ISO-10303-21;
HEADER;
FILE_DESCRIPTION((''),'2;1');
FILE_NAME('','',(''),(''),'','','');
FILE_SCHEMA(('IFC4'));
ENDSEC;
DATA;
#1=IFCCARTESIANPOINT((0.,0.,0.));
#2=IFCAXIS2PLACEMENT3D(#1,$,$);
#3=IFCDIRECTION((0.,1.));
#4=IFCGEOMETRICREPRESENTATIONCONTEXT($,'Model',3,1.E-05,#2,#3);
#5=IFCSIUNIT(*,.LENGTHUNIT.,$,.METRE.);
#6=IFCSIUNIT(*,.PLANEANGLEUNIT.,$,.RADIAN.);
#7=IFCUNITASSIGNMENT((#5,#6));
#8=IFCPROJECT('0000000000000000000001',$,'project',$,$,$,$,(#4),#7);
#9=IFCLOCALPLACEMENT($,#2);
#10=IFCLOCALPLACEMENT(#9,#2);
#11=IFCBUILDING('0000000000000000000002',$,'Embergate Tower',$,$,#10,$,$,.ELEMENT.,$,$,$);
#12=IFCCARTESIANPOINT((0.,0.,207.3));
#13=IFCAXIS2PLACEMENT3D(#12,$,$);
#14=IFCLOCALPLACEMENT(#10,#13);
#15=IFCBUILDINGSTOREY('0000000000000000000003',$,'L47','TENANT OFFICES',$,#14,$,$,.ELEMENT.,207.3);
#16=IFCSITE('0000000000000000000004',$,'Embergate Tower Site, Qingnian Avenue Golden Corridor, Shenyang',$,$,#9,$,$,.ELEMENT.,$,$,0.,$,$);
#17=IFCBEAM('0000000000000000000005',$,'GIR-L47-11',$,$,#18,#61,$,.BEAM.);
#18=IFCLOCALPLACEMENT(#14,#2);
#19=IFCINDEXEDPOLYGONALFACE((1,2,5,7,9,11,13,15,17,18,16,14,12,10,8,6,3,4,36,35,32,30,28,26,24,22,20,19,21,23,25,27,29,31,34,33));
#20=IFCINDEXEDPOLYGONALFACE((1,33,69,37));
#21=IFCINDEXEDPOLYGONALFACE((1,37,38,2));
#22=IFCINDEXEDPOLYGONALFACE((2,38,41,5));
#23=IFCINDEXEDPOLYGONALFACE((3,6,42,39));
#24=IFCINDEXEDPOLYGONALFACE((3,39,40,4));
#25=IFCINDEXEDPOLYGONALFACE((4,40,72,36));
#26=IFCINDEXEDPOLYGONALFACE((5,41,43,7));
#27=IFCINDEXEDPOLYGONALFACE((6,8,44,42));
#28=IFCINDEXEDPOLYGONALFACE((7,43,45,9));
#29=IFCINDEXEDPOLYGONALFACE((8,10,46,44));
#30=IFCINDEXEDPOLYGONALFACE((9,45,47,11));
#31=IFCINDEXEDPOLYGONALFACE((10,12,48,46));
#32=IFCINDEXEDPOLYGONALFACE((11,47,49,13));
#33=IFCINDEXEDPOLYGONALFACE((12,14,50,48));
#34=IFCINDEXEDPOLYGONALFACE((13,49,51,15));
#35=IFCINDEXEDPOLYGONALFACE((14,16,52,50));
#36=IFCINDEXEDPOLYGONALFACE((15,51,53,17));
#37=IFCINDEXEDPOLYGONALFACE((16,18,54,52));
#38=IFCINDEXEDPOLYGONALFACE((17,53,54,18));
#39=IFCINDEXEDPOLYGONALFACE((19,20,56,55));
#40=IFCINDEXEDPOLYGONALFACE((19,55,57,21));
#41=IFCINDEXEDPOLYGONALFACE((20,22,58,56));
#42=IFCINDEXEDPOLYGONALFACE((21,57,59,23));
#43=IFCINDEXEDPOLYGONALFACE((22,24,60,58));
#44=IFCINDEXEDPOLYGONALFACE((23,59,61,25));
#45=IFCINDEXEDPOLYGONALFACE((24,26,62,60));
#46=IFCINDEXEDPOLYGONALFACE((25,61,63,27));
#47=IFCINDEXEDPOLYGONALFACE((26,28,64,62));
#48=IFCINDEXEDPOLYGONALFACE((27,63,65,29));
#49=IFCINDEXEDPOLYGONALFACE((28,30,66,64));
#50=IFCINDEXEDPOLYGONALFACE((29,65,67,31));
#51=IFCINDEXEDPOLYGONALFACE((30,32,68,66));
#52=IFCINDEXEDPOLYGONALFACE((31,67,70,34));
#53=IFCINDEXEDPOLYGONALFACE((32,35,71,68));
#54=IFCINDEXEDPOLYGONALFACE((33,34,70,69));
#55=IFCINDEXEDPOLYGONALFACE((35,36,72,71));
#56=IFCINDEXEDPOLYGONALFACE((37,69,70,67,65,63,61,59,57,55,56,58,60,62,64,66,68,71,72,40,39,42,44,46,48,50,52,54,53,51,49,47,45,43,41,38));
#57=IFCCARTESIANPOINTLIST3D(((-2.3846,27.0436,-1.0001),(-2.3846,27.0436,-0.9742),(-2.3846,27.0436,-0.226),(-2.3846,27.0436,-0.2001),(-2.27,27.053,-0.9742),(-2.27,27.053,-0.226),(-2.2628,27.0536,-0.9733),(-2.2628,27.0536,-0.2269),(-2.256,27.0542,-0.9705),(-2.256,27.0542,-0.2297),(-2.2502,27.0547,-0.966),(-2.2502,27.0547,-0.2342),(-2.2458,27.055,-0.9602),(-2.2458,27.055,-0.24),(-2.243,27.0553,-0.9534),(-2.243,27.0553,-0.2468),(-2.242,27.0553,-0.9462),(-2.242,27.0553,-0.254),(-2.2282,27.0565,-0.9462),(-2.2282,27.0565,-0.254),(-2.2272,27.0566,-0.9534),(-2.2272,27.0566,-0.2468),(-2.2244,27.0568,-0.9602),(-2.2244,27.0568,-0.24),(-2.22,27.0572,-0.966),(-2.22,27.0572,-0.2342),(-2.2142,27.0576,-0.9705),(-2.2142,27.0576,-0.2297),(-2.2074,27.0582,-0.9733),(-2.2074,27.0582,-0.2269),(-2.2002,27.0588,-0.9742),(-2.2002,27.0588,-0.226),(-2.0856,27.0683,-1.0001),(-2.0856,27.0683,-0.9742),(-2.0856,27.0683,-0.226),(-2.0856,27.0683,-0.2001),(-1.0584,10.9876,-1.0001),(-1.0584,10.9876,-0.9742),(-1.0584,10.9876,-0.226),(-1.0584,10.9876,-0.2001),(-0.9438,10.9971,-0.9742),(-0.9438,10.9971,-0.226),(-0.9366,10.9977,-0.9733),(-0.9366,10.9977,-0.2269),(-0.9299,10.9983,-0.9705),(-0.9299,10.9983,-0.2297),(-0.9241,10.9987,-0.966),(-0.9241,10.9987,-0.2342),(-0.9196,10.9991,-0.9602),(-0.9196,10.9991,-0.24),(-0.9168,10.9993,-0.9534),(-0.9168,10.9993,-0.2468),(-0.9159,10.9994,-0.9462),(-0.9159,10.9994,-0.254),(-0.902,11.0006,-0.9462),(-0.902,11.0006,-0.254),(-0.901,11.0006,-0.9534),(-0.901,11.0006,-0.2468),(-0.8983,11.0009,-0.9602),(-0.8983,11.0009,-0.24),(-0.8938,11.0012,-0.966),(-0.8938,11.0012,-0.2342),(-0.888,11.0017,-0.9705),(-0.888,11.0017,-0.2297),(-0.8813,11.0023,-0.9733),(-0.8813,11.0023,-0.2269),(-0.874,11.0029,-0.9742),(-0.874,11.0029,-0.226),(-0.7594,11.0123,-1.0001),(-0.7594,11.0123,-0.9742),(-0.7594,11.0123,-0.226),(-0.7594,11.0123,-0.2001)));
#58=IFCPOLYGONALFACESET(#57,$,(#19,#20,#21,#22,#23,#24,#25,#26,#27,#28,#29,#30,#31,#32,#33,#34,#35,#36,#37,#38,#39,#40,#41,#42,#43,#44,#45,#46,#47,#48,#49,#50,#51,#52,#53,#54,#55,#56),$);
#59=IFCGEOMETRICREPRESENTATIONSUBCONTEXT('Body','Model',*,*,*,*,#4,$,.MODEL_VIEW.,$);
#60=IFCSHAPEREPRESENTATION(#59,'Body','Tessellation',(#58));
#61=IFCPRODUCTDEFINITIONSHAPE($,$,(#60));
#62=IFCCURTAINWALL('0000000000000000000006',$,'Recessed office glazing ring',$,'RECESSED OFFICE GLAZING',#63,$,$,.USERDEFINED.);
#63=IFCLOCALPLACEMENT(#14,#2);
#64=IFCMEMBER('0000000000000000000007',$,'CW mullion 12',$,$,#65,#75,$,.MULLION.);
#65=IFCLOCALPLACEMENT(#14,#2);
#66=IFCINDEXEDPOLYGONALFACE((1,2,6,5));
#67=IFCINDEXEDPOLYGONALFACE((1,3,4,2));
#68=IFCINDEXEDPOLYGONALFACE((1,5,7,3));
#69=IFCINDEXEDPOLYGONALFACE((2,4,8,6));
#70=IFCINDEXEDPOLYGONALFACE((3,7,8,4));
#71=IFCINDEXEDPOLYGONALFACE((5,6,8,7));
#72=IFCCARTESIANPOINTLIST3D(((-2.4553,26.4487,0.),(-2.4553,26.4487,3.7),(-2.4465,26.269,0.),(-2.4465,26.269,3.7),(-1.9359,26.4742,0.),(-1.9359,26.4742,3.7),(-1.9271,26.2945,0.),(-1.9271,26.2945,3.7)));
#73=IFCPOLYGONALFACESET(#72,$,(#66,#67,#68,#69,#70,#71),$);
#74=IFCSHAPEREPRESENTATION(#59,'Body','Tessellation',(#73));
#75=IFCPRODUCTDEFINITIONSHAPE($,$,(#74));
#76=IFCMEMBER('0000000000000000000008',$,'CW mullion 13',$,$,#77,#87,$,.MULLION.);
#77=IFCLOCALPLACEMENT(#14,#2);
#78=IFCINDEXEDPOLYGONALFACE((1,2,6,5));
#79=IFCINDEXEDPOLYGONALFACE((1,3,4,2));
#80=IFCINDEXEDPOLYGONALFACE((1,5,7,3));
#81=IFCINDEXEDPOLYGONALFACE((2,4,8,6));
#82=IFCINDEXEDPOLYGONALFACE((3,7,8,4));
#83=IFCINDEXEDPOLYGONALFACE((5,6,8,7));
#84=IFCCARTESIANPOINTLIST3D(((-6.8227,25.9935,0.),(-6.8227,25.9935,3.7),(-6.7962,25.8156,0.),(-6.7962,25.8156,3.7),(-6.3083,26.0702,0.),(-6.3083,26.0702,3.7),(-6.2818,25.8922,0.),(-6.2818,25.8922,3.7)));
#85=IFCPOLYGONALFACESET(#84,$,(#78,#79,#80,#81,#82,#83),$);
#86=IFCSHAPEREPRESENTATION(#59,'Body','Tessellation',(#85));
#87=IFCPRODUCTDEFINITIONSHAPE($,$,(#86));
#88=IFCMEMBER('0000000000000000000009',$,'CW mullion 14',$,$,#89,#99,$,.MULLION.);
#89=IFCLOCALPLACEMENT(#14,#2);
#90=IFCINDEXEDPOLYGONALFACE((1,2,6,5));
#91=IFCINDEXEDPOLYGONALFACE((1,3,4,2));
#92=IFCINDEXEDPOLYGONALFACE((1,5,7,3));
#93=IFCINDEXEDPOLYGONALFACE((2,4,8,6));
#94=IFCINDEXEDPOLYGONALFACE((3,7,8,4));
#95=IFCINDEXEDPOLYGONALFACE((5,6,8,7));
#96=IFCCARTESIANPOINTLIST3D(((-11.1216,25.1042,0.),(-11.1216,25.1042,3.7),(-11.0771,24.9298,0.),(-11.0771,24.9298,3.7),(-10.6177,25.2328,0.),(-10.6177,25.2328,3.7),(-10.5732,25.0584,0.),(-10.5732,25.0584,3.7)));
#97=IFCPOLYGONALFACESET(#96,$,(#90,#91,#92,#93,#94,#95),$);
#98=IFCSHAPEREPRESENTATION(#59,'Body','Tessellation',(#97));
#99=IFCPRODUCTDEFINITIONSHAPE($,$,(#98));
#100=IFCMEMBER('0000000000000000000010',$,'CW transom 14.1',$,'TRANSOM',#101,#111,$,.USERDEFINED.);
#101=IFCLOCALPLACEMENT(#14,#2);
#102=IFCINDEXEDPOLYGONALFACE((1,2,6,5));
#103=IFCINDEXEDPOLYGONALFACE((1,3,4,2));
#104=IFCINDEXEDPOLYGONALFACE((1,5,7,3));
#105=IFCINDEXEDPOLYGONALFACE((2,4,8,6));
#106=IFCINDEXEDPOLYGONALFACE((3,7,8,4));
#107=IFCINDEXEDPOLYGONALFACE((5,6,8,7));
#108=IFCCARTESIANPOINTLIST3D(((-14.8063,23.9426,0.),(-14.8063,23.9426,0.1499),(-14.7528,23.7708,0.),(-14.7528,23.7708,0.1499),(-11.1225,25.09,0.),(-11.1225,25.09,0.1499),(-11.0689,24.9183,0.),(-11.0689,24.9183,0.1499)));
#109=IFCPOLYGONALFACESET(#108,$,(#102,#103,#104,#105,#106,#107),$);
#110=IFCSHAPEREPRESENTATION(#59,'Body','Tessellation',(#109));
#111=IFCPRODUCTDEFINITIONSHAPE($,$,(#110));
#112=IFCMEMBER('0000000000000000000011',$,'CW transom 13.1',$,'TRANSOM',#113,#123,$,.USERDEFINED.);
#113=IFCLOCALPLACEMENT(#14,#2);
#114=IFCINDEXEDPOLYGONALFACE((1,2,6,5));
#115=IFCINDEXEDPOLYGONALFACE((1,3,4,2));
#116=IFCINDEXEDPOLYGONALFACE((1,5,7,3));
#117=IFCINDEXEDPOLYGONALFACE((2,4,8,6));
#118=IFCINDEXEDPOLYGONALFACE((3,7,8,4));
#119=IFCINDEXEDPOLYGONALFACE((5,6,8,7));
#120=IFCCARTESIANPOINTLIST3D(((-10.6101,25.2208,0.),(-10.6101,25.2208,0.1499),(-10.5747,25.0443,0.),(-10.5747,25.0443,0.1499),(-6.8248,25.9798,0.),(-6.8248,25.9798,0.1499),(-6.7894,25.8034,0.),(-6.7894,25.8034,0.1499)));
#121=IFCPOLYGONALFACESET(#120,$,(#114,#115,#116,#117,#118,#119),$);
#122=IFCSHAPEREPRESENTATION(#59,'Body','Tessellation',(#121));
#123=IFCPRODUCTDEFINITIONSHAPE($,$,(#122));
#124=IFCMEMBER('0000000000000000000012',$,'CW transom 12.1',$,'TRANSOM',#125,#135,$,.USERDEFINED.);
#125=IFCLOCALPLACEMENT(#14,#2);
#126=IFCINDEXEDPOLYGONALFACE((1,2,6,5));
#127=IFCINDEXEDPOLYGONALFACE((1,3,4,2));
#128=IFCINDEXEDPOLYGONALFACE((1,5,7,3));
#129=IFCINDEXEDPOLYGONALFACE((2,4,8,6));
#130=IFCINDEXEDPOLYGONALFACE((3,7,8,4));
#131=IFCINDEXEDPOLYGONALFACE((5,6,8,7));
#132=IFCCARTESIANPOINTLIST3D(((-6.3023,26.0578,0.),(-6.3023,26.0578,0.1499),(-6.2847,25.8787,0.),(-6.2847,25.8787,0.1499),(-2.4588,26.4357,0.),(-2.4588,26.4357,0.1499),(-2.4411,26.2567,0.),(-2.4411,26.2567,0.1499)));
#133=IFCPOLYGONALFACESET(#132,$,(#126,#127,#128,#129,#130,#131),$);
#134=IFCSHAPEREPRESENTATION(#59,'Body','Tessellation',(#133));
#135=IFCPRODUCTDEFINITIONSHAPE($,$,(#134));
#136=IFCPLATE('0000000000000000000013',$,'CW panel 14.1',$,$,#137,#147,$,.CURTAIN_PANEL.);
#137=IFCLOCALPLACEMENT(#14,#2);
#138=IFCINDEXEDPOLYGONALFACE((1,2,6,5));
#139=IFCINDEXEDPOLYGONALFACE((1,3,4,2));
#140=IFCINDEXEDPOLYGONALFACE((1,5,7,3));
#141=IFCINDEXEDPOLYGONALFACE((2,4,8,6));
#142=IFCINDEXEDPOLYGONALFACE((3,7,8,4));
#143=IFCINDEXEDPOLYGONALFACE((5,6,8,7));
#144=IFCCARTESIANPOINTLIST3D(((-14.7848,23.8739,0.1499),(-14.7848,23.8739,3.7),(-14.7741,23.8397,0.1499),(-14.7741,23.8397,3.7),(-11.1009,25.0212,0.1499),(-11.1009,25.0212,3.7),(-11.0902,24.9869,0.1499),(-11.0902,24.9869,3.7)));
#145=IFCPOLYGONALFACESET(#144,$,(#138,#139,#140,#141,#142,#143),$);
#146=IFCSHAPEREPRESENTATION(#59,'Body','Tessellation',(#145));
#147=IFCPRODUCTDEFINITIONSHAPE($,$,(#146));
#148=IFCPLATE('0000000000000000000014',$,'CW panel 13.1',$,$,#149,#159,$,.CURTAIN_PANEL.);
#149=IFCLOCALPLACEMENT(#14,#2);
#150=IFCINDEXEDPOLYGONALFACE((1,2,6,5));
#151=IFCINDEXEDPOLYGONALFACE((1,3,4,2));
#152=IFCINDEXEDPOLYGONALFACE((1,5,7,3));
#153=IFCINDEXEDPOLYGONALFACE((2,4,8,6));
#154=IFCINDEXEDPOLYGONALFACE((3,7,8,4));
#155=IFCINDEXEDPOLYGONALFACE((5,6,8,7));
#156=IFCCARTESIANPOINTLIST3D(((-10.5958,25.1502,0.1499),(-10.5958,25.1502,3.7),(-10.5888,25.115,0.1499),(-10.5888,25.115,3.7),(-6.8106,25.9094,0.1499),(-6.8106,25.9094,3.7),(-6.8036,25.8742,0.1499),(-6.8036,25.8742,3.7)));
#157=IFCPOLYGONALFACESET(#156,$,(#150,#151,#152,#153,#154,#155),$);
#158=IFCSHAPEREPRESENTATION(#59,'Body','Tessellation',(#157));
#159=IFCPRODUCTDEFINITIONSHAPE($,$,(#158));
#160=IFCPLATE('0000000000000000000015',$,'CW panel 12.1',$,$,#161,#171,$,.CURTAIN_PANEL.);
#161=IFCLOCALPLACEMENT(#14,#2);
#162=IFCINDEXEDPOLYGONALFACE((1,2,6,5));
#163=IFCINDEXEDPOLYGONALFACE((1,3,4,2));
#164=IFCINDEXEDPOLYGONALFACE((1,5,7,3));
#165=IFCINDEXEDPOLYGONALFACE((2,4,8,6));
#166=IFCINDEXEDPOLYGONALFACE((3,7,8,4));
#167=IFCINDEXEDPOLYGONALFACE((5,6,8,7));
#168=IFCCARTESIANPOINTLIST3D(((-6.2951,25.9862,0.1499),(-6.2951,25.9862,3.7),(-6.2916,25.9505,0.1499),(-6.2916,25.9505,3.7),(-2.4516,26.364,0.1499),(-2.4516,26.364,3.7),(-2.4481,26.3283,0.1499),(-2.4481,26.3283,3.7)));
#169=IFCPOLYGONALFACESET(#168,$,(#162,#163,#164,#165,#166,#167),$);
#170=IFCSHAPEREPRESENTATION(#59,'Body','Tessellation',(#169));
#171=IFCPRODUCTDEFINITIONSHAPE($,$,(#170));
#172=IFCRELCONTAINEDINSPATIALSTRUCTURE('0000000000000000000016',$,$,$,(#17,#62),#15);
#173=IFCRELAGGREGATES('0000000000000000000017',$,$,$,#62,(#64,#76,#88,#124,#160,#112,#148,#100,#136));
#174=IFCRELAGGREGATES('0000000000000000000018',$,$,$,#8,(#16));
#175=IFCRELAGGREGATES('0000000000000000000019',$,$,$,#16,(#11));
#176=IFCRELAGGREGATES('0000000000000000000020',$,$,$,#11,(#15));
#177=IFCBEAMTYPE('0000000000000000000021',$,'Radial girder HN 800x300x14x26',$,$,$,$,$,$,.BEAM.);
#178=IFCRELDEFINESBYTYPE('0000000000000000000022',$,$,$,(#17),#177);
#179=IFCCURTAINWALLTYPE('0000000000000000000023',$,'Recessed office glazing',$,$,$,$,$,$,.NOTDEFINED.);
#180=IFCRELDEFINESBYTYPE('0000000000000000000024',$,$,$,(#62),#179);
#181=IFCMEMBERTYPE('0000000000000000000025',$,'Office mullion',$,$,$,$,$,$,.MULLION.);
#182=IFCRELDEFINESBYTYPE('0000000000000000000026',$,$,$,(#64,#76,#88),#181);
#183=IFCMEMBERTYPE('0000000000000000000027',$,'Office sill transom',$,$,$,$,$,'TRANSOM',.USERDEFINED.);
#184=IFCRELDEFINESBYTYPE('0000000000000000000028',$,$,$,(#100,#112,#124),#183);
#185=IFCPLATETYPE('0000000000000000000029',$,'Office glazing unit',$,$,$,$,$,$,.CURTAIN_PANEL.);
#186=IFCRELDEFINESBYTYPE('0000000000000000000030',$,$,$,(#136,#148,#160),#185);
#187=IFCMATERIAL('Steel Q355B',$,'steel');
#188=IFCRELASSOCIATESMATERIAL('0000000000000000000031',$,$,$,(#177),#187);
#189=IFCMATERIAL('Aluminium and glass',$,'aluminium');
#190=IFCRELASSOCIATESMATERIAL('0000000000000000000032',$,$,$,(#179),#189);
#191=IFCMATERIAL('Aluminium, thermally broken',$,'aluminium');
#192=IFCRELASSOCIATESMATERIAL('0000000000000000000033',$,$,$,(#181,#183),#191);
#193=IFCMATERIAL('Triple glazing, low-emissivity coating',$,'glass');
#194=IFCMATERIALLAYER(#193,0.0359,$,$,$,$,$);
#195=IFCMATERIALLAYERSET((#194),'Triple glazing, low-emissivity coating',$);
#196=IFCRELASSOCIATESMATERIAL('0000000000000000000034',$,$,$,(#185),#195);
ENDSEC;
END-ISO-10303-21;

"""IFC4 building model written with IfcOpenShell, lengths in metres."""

from ifc_helpers import new_model, si_unit, direction, frame, origin, origin_2d, place, context, subcontext, project, spatial, rectangle, i_section, extrude, source, transform, mapped, material, layer, layer_set, material_profile, profile_set, type_object, element, aggregate, save


model = new_model("IFC4")

# Units and contexts
model_context = context("Model", 3, precision=1e-05, world=origin(), true_north=direction((0.0, 1.0)))
body_context = subcontext(model_context, "Body", "Model", "MODEL_VIEW")
ifc_project = project(units=[si_unit("LENGTHUNIT", "METRE"), si_unit("PLANEANGLEUNIT", "RADIAN")], contexts=[model_context])

# Site, building, storey
site_placement = place(None, origin())
site = spatial("IfcSite", under=ifc_project, at=site_placement, Name="Embergate Tower Site, Qingnian Avenue Golden Corridor, Shenyang", CompositionType="ELEMENT", RefElevation=0.0)
building_placement = place(site_placement, origin())
building = spatial("IfcBuilding", under=site, at=building_placement, Name="Embergate Tower", CompositionType="ELEMENT")
storey_placement = place(building_placement, frame((0.0, 0.0, 207.3)))
storey = spatial("IfcBuildingStorey", under=building, at=storey_placement, Name="L47", Description="TENANT OFFICES", CompositionType="ELEMENT", Elevation=207.3)

# Beam
ifc_material_1 = material(Name="Steel Q355B", Category="steel")
ifc_material_profile_1 = material_profile(ifc_material_1, i_section(OverallWidth=0.3, OverallDepth=0.8, WebThickness=0.0139, FlangeThickness=0.0259, FilletRadius=0.0281, at=origin_2d()), Name="HN 800x300x14x26")
ifc_profile_set_1 = profile_set([ifc_material_profile_1], Name="Steel Q355 grade B")
beam_type_1 = type_object("IfcBeamType", Name="Radial girder HN 800x300x14x26", PredefinedType="BEAM", material=ifc_profile_set_1)
shared_shape_1 = source(origin(), body_context, "Body", "SweptSolid", [
    extrude(i_section(OverallWidth=0.3, OverallDepth=0.8, WebThickness=0.0139, FlangeThickness=0.0259, FilletRadius=0.0281, at=origin_2d()), origin(), (0.0, 0.0, 1.0), 16.1106),
])
beam_1_placement = place(storey_placement, frame((-2.2351, 27.0559, -0.6001), z_axis=(0.082317, -0.996606, 0.0), x_axis=(0.996606, 0.082317, 0.0)))
element("IfcBeam", 1, at=beam_1_placement, inside=storey, type_object=beam_type_1, Name="GIR-L47-11", PredefinedType="BEAM", context=body_context, shape_type="MappedRepresentation", body=[
    mapped(shared_shape_1, transform((0.0, 0.0, 0.0))),
])

# Curtain wall, members, plates
ifc_material_2 = material(Name="Aluminium and glass", Category="aluminium")
curtain_wall_type = type_object("IfcCurtainWallType", Name="Recessed office glazing", PredefinedType="NOTDEFINED", material=ifc_material_2)
curtain_wall_placement = place(storey_placement, origin())
curtain_wall = element("IfcCurtainWall", 2, at=curtain_wall_placement, inside=storey, type_object=curtain_wall_type, Name="Recessed office glazing ring", ObjectType="RECESSED OFFICE GLAZING", PredefinedType="USERDEFINED")
ifc_material_3 = material(Name="Aluminium, thermally broken", Category="aluminium")
ifc_material_profile_2 = material_profile(ifc_material_3, rectangle(XDim=0.1799, YDim=0.52, at=origin_2d()), Name="AL 520x180")
ifc_profile_set_2 = profile_set([ifc_material_profile_2], Name="Aluminium, thermally broken")
member_type_1 = type_object("IfcMemberType", Name="Office mullion", PredefinedType="MULLION", material=ifc_profile_set_2)
shared_shape_2 = source(origin(), body_context, "Body", "SweptSolid", [
    extrude(rectangle(XDim=0.1799, YDim=0.52, at=origin_2d()), origin(), (0.0, 0.0, 1.0), 3.7),
])
member_1_placement = place(storey_placement, frame((-2.1912, 26.3716, 0.0), z_axis=(0.0, 0.0, 1.0), x_axis=(0.048972, -0.9988, 0.0)))
member_1 = element("IfcMember", 3, at=member_1_placement, type_object=member_type_1, Name="CW mullion 12", PredefinedType="MULLION", context=body_context, shape_type="MappedRepresentation", body=[
    mapped(shared_shape_2, transform((0.0, 0.0, 0.0))),
])
member_2_placement = place(storey_placement, frame((-6.5522, 25.9429, 0.0), z_axis=(0.0, 0.0, 1.0), x_axis=(0.147414, -0.989075, 0.0)))
member_2 = element("IfcMember", 4, at=member_2_placement, type_object=member_type_1, Name="CW mullion 13", PredefinedType="MULLION", context=body_context, shape_type="MappedRepresentation", body=[
    mapped(shared_shape_2, transform((0.0, 0.0, 0.0))),
])
member_3_placement = place(storey_placement, frame((-10.8474, 25.0813, 0.0), z_axis=(0.0, 0.0, 1.0), x_axis=(0.247315, -0.968935, 0.0)))
member_3 = element("IfcMember", 5, at=member_3_placement, type_object=member_type_1, Name="CW mullion 14", PredefinedType="MULLION", context=body_context, shape_type="MappedRepresentation", body=[
    mapped(shared_shape_2, transform((0.0, 0.0, 0.0))),
])
ifc_material_profile_3 = material_profile(ifc_material_3, rectangle(XDim=0.1799, YDim=0.1499, at=origin_2d()), Name="AL 150x180")
ifc_profile_set_3 = profile_set([ifc_material_profile_3], Name="Aluminium, thermally broken")
member_type_2 = type_object("IfcMemberType", Name="Office sill transom", ElementType="TRANSOM", PredefinedType="USERDEFINED", material=ifc_profile_set_3)
shared_shape_3 = source(origin(), body_context, "Body", "SweptSolid", [
    extrude(rectangle(XDim=0.1799, YDim=0.1499, at=origin_2d()), origin(), (0.0, 0.0, 1.0), 3.8584),
])
member_4_placement = place(storey_placement, frame((-11.0957, 25.0042, 0.075), z_axis=(-0.954755, -0.297392, 0.0), x_axis=(0.297392, -0.954755, 0.0)))
member_4 = element("IfcMember", 6, at=member_4_placement, type_object=member_type_2, Name="CW transom 14.1", ObjectType="TRANSOM", PredefinedType="USERDEFINED", context=body_context, shape_type="MappedRepresentation", body=[
    mapped(shared_shape_3, transform((0.0, 0.0, 0.0))),
])
shared_shape_4 = source(origin(), body_context, "Body", "SweptSolid", [
    extrude(rectangle(XDim=0.1799, YDim=0.1499, at=origin_2d()), origin(), (0.0, 0.0, 1.0), 3.8606),
])
member_5_placement = place(storey_placement, frame((-6.8071, 25.8916, 0.075), z_axis=(-0.980481, -0.196615, 0.0), x_axis=(0.196615, -0.980481, 0.0)))
member_5 = element("IfcMember", 7, at=member_5_placement, type_object=member_type_2, Name="CW transom 13.1", ObjectType="TRANSOM", PredefinedType="USERDEFINED", context=body_context, shape_type="MappedRepresentation", body=[
    mapped(shared_shape_4, transform((0.0, 0.0, 0.0))),
])
shared_shape_5 = source(origin(), body_context, "Body", "SweptSolid", [
    extrude(rectangle(XDim=0.1799, YDim=0.1499, at=origin_2d()), origin(), (0.0, 0.0, 1.0), 3.8621),
])
member_6_placement = place(storey_placement, frame((-2.45, 26.3462, 0.075), z_axis=(-0.9952, -0.097857, 0.0), x_axis=(0.097857, -0.9952, 0.0)))
member_6 = element("IfcMember", 8, at=member_6_placement, type_object=member_type_2, Name="CW transom 12.1", ObjectType="TRANSOM", PredefinedType="USERDEFINED", context=body_context, shape_type="MappedRepresentation", body=[
    mapped(shared_shape_5, transform((0.0, 0.0, 0.0))),
])
ifc_material_4 = material(Name="Triple glazing, low-emissivity coating", Category="glass")
ifc_layer_1 = layer(ifc_material_4, 0.0359)
ifc_layer_set_1 = layer_set([ifc_layer_1], Name="Triple glazing, low-emissivity coating")
plate_type = type_object("IfcPlateType", Name="Office glazing unit", PredefinedType="CURTAIN_PANEL", material=ifc_layer_set_1)
shared_shape_6 = source(origin(), body_context, "Body", "SweptSolid", [
    extrude(rectangle(XDim=3.8584, YDim=0.0359, at=origin_2d()), origin(), (0.0, 0.0, 1.0), 3.55),
])
plate_1_placement = place(storey_placement, frame((-12.9375, 24.4304, 0.1499), z_axis=(0.0, 0.0, 1.0), x_axis=(-0.954771, -0.297343, 0.0)))
plate_1 = element("IfcPlate", 9, at=plate_1_placement, type_object=plate_type, Name="CW panel 14.1", PredefinedType="CURTAIN_PANEL", context=body_context, shape_type="MappedRepresentation", body=[
    mapped(shared_shape_6, transform((0.0, 0.0, 0.0))),
])
shared_shape_7 = source(origin(), body_context, "Body", "SweptSolid", [
    extrude(rectangle(XDim=3.8606, YDim=0.0359, at=origin_2d()), origin(), (0.0, 0.0, 1.0), 3.55),
])
plate_2_placement = place(storey_placement, frame((-8.6997, 25.5122, 0.1499), z_axis=(0.0, 0.0, 1.0), x_axis=(-0.980475, -0.196643, 0.0)))
plate_2 = element("IfcPlate", 10, at=plate_2_placement, type_object=plate_type, Name="CW panel 13.1", PredefinedType="CURTAIN_PANEL", context=body_context, shape_type="MappedRepresentation", body=[
    mapped(shared_shape_7, transform((0.0, 0.0, 0.0))),
])
shared_shape_8 = source(origin(), body_context, "Body", "SweptSolid", [
    extrude(rectangle(XDim=3.8621, YDim=0.0359, at=origin_2d()), origin(), (0.0, 0.0, 1.0), 3.55),
])
plate_3_placement = place(storey_placement, frame((-4.3716, 26.1572, 0.1499), z_axis=(0.0, 0.0, 1.0), x_axis=(-0.995203, -0.097831, 0.0)))
plate_3 = element("IfcPlate", 11, at=plate_3_placement, type_object=plate_type, Name="CW panel 12.1", PredefinedType="CURTAIN_PANEL", context=body_context, shape_type="MappedRepresentation", body=[
    mapped(shared_shape_8, transform((0.0, 0.0, 0.0))),
])
aggregate(curtain_wall, [member_1, member_2, member_3, member_6, plate_3, member_5, plate_2, member_4, plate_1])

save(model, "model.ifc")
